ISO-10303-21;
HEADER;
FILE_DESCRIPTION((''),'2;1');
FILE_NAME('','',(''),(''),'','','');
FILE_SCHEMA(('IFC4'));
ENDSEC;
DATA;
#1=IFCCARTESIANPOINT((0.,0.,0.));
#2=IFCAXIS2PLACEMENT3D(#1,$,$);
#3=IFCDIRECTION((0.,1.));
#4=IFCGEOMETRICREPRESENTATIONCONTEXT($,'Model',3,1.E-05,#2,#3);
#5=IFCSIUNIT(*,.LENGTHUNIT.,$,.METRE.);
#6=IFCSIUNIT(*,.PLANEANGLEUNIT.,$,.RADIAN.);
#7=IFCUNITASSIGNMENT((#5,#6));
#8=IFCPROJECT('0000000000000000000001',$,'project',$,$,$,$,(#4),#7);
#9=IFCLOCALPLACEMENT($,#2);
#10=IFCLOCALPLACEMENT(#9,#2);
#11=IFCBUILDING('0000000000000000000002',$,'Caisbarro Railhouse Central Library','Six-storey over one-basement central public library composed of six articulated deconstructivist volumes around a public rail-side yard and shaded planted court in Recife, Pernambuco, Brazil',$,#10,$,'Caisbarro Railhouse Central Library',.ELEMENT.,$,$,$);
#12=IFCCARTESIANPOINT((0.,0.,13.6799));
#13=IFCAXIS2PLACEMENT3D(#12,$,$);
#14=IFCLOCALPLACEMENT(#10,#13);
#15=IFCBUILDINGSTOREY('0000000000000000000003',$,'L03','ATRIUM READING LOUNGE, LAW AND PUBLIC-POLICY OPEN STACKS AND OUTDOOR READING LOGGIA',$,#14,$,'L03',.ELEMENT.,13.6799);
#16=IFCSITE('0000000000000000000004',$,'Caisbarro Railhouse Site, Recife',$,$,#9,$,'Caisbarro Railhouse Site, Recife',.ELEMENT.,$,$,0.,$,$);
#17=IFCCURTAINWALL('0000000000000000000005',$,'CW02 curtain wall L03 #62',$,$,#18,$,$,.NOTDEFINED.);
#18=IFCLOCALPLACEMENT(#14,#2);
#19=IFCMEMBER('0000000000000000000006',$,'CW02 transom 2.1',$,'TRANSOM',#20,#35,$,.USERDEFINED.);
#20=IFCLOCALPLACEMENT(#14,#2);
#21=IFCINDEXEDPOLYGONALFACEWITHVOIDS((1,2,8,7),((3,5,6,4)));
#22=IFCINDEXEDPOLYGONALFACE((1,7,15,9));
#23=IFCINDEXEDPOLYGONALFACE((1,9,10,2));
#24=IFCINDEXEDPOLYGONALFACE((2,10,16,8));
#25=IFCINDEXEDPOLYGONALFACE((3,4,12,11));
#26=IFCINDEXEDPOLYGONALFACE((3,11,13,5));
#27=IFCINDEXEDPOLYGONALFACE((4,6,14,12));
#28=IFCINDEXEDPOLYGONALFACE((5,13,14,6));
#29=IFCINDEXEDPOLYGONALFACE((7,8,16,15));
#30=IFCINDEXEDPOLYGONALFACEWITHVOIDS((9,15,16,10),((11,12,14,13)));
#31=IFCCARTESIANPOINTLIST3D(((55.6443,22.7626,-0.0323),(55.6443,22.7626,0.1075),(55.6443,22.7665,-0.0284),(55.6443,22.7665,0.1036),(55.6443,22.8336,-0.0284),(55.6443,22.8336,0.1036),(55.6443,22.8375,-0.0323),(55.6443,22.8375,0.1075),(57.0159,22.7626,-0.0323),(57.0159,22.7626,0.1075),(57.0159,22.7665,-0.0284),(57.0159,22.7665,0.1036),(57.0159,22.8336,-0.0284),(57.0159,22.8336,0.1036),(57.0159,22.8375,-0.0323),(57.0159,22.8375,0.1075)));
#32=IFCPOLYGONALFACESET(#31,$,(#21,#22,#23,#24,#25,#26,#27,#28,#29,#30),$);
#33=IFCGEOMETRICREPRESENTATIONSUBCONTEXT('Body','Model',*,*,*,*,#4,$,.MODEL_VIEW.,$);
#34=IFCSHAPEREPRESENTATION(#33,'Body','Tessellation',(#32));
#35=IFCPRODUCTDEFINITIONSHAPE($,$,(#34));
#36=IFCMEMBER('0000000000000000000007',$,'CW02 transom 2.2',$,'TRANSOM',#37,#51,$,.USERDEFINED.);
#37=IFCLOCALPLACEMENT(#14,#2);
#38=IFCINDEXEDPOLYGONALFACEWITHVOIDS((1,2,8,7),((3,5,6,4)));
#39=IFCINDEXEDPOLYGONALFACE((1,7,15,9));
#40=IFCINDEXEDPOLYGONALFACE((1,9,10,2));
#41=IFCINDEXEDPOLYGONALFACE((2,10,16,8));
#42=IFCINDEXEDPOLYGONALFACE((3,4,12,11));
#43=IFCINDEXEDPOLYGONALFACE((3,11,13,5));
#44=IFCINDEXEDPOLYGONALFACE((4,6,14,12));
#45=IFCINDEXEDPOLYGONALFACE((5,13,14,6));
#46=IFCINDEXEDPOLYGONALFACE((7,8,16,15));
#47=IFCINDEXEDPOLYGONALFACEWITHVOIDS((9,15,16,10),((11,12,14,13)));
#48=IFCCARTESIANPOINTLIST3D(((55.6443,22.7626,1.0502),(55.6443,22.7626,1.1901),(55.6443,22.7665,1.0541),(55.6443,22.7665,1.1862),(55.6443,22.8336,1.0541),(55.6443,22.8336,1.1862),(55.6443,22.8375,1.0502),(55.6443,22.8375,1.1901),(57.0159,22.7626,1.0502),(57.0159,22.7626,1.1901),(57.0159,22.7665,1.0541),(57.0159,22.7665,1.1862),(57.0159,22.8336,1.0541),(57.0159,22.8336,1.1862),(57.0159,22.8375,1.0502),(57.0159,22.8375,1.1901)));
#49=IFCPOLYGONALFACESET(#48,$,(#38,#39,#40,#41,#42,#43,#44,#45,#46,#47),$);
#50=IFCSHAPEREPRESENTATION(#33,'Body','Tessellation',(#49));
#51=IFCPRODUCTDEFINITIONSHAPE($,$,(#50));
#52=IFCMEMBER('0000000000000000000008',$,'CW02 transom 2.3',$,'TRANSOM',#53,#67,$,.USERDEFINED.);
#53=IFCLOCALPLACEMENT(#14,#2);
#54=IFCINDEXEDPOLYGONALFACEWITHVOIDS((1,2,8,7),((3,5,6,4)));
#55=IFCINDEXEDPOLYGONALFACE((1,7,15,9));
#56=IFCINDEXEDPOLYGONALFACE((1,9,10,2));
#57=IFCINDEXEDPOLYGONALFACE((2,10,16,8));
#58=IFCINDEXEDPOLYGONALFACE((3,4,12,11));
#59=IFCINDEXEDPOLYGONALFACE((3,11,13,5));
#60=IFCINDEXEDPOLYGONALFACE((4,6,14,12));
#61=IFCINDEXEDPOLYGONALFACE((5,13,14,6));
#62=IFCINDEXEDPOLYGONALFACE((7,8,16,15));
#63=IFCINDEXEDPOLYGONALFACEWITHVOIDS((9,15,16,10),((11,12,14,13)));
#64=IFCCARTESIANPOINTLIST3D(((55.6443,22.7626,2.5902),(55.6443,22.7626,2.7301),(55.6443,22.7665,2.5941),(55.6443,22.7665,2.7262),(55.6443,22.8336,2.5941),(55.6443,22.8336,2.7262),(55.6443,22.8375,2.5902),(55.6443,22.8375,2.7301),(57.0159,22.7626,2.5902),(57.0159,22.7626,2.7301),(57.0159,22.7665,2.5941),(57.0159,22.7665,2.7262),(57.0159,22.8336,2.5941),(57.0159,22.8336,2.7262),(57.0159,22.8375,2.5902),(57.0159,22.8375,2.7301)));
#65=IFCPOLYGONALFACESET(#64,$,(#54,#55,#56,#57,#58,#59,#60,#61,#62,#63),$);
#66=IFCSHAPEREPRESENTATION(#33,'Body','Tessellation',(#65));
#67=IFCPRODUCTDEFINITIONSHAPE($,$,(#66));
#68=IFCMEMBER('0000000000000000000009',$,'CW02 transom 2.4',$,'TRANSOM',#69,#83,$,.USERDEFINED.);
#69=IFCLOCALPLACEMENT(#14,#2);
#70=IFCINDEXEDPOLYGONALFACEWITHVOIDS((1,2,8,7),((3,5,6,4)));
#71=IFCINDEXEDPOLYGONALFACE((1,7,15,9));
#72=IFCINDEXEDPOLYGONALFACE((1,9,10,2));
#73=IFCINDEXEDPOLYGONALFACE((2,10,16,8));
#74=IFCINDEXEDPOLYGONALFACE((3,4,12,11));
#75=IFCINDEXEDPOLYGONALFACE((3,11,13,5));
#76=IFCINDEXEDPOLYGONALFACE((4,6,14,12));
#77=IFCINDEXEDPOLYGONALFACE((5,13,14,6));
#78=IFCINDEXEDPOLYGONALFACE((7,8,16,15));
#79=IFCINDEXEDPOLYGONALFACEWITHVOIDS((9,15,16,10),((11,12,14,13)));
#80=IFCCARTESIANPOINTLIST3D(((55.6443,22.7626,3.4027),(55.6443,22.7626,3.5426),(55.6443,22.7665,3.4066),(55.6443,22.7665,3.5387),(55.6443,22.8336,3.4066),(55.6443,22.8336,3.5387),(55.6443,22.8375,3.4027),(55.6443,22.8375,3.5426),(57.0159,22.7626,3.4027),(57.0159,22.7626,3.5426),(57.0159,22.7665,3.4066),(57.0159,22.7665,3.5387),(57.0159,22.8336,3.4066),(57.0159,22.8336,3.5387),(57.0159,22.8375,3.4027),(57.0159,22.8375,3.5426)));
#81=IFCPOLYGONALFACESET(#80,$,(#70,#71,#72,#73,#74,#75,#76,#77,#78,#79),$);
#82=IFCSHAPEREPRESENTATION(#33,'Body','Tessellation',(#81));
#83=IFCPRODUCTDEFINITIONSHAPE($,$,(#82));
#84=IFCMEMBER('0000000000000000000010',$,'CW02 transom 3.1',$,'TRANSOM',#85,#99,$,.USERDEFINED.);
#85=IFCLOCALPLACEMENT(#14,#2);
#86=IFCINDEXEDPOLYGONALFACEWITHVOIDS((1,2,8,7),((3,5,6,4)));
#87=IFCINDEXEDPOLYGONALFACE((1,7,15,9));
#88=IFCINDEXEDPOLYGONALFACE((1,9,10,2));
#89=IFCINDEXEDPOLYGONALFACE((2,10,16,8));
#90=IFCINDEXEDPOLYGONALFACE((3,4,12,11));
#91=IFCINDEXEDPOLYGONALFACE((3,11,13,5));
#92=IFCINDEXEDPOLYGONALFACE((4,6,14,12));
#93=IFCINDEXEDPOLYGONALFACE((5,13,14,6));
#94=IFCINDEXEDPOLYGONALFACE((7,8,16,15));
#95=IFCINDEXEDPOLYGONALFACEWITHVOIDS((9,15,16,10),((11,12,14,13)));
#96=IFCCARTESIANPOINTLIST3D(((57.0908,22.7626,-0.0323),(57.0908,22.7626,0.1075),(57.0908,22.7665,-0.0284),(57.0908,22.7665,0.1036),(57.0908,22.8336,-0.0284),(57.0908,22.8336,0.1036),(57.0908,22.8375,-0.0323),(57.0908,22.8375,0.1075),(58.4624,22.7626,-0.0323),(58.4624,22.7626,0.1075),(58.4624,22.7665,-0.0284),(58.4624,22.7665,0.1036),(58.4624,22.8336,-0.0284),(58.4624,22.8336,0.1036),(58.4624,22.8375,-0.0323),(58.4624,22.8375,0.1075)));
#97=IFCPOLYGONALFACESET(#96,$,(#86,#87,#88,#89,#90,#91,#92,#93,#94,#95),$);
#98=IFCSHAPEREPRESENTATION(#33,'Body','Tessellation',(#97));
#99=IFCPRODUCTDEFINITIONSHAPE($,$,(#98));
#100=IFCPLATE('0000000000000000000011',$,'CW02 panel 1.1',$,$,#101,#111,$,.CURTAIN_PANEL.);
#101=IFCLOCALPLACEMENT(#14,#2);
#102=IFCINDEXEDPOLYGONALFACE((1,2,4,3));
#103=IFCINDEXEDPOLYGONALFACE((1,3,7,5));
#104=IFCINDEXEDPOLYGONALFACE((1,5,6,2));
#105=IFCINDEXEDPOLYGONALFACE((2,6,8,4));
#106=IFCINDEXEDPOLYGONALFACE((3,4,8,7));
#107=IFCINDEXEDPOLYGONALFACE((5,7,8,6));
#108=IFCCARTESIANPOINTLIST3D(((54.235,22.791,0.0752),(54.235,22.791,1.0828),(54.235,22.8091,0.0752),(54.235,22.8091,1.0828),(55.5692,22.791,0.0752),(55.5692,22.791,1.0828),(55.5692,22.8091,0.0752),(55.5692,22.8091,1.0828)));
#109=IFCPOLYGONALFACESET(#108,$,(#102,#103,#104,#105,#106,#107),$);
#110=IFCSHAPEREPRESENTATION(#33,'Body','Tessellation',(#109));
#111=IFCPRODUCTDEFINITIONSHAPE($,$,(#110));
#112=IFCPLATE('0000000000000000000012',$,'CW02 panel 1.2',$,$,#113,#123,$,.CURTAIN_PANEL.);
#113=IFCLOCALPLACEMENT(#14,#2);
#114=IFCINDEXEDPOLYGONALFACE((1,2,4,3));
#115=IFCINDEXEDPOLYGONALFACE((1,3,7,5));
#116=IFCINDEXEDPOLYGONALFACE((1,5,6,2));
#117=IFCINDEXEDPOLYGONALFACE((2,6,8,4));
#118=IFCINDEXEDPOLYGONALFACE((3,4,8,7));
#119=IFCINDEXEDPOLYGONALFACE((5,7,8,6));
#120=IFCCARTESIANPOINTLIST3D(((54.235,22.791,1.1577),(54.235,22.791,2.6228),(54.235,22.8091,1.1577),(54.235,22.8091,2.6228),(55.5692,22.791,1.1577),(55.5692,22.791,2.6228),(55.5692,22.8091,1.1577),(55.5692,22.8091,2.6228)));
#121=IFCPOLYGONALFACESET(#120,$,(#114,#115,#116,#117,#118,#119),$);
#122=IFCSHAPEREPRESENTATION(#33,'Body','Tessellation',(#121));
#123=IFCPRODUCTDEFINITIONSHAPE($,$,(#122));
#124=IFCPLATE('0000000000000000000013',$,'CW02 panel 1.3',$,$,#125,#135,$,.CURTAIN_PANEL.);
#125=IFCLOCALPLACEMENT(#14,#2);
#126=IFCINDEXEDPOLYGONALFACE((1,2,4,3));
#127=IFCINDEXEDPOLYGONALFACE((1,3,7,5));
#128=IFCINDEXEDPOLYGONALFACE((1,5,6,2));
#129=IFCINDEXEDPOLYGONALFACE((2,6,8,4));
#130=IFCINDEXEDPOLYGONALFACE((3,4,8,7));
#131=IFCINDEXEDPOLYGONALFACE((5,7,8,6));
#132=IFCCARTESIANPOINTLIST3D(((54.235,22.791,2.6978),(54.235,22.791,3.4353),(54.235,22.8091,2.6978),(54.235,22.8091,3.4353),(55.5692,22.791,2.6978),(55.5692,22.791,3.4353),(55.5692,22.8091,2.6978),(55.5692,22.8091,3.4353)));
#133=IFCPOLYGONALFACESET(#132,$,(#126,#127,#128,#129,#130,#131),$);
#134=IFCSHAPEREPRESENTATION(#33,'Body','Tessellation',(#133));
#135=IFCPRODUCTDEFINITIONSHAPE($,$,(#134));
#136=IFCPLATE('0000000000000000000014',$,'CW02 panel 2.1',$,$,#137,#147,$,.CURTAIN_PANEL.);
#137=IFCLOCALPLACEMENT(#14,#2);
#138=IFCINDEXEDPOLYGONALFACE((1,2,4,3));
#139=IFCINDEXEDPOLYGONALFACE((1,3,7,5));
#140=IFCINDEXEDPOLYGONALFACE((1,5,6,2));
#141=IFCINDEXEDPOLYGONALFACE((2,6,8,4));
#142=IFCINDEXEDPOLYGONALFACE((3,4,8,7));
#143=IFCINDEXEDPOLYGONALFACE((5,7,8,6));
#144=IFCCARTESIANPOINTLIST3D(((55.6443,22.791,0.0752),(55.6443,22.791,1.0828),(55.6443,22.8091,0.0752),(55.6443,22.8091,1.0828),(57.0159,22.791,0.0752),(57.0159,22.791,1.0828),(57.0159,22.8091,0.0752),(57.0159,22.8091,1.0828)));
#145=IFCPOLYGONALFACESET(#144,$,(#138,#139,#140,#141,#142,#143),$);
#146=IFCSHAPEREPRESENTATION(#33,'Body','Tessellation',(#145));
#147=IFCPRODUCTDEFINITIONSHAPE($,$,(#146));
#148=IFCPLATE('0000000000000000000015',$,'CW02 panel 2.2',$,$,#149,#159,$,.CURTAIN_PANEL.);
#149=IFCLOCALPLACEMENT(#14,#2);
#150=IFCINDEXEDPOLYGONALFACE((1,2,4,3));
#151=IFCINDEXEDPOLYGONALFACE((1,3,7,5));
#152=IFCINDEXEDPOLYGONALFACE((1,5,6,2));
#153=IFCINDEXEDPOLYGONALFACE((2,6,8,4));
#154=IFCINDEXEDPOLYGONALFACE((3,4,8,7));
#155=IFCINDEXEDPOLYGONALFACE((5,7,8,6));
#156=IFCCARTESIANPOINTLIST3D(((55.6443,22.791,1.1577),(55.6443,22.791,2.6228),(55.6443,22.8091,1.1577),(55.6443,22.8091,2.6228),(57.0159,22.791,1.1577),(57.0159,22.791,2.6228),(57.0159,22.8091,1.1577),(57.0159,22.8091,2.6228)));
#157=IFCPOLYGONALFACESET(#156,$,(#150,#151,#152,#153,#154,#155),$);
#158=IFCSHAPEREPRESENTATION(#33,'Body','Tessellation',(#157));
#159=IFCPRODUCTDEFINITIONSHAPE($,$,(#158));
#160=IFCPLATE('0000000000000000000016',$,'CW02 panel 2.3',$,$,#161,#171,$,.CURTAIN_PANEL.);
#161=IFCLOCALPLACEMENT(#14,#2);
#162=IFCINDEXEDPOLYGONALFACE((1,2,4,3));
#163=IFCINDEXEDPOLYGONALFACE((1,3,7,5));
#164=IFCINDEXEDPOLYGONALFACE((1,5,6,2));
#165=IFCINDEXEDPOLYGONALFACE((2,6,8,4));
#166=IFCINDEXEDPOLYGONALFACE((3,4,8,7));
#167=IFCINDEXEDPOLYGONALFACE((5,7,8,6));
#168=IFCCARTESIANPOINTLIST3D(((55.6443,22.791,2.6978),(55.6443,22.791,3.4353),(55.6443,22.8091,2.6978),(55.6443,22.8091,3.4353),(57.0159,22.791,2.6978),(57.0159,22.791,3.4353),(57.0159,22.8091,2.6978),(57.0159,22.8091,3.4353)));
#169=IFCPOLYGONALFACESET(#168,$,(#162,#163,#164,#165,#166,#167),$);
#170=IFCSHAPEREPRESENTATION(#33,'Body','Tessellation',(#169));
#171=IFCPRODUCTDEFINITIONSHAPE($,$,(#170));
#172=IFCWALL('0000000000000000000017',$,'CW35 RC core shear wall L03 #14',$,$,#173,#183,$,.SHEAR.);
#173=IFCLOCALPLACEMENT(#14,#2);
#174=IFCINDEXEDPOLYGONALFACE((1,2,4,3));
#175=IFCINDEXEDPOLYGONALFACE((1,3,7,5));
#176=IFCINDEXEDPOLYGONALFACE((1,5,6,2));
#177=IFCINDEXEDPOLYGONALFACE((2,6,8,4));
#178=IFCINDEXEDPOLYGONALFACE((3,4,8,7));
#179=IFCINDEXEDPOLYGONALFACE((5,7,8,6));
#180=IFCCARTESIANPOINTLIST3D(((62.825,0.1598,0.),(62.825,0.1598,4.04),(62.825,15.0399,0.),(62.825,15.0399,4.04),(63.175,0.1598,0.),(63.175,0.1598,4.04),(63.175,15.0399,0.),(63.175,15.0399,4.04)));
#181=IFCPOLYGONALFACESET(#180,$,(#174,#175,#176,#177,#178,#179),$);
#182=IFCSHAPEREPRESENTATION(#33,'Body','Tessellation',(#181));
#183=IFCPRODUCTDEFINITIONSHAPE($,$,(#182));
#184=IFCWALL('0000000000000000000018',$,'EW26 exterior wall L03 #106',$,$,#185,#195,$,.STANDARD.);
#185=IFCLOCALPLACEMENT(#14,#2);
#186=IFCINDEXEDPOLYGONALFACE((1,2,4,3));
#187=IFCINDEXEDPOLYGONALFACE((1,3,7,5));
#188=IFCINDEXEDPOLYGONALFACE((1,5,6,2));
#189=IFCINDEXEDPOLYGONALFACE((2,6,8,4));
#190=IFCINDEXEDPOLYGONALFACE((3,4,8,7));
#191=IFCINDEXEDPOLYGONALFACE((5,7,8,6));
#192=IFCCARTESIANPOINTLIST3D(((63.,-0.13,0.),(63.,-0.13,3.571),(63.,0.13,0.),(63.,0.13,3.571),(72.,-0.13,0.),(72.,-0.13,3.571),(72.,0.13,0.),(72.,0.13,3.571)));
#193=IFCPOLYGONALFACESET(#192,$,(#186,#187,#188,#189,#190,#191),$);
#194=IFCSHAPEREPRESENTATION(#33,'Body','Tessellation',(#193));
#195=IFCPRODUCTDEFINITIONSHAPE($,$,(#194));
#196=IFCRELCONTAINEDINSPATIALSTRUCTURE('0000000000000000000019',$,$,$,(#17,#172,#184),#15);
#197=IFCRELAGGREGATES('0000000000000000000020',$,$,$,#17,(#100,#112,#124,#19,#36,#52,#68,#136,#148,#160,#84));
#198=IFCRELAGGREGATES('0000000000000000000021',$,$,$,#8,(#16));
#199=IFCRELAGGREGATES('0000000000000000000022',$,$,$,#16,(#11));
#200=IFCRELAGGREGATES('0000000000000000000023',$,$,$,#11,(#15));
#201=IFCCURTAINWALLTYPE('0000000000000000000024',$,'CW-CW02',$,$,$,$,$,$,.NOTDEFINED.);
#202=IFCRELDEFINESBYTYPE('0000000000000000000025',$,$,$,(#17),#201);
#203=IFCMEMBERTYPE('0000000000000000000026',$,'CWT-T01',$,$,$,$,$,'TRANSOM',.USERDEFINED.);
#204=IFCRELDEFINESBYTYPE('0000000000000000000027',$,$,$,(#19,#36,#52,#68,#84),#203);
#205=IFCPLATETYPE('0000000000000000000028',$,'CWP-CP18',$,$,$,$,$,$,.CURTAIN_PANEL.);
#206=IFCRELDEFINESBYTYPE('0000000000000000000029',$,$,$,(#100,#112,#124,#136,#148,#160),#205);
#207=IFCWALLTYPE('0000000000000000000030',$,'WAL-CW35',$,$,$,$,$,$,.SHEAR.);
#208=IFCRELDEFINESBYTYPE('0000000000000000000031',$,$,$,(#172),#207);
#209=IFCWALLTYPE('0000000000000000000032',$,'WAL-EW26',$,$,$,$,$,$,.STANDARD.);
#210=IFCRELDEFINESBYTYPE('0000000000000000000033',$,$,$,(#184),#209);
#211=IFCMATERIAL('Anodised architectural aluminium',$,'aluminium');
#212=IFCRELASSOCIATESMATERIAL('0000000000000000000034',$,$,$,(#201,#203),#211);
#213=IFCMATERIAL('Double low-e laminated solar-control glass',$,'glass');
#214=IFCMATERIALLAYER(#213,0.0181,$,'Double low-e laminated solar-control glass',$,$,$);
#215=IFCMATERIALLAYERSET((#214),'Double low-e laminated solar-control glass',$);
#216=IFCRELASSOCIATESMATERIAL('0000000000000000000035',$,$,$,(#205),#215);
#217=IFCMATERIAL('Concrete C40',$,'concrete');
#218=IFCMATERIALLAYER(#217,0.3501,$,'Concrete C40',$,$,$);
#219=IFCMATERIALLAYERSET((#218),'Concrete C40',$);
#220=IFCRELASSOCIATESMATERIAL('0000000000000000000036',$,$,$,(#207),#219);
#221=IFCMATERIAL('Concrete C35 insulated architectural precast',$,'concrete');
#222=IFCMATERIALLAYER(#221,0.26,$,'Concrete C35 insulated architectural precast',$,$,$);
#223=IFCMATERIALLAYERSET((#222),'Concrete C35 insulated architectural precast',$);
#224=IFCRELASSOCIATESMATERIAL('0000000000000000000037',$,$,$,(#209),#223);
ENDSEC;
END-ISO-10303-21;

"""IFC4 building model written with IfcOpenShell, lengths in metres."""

from ifc_helpers import new_model, si_unit, direction, frame, frame_2d, origin, origin_2d, place, context, subcontext, project, spatial, rectangle, hollow_rectangle, extrude, material, layer, layer_set, material_profile, profile_set, type_object, element, aggregate, save


model = new_model("IFC4")

# Units and contexts
model_context = context("Model", 3, precision=1e-05, world=origin(), true_north=direction((0.0, 1.0)))
body_context = subcontext(model_context, "Body", "Model", "MODEL_VIEW")
ifc_project = project(units=[si_unit("LENGTHUNIT", "METRE"), si_unit("PLANEANGLEUNIT", "RADIAN")], contexts=[model_context])

# Site, building, storey
site_placement = place(None, origin())
site = spatial("IfcSite", under=ifc_project, at=site_placement, Name="Caisbarro Railhouse Site, Recife", LongName="Caisbarro Railhouse Site, Recife", CompositionType="ELEMENT", RefElevation=0.0)
building_placement = place(site_placement, origin())
building = spatial("IfcBuilding", under=site, at=building_placement, Name="Caisbarro Railhouse Central Library", Description="Six-storey over one-basement central public library composed of six articulated deconstructivist volumes around a public rail-side yard and shaded planted court in Recife, Pernambuco, Brazil", LongName="Caisbarro Railhouse Central Library", CompositionType="ELEMENT")
storey_placement = place(building_placement, frame((0.0, 0.0, 13.6799)))
storey = spatial("IfcBuildingStorey", under=building, at=storey_placement, Name="L03", Description="ATRIUM READING LOUNGE, LAW AND PUBLIC-POLICY OPEN STACKS AND OUTDOOR READING LOGGIA", LongName="L03", CompositionType="ELEMENT", Elevation=13.6799)

# Shared definitions
ifc_material_1 = material(Name="Concrete C40", Category="concrete")

# Curtain wall, members, plates
ifc_material_2 = material(Name="Anodised architectural aluminium", Category="aluminium")
curtain_wall_type = type_object("IfcCurtainWallType", Name="CW-CW02", PredefinedType="NOTDEFINED", material=ifc_material_2)
curtain_wall_placement = place(storey_placement, origin())
curtain_wall = element("IfcCurtainWall", 1, at=curtain_wall_placement, inside=storey, type_object=curtain_wall_type, Name="CW02 curtain wall L03 #62", PredefinedType="NOTDEFINED")
ifc_material_profile_1 = material_profile(ifc_material_2, hollow_rectangle(XDim=0.075, YDim=0.1399, WallThickness=0.0039, at=origin_2d()), Name="ALU-TRN-75X140")
ifc_profile_set_1 = profile_set([ifc_material_profile_1], Name="Anodised architectural aluminium")
member_type_1 = type_object("IfcMemberType", Name="CWT-T01", ElementType="TRANSOM", PredefinedType="USERDEFINED", material=ifc_profile_set_1)
member_1_placement = place(storey_placement, frame((55.6443, 22.8, 0.0376), z_axis=(1.0, 0.0, 0.0), x_axis=(0.0, 1.0, 0.0)))
member_1 = element("IfcMember", 2, at=member_1_placement, type_object=member_type_1, Name="CW02 transom 2.1", ObjectType="TRANSOM", PredefinedType="USERDEFINED", context=body_context, shape_type="SweptSolid", body=[
    extrude(hollow_rectangle(XDim=0.075, YDim=0.1399, WallThickness=0.0039, at=origin_2d()), origin(), (0.0, 0.0, 1.0), 1.3716),
])
member_2_placement = place(storey_placement, frame((55.6443, 22.8, 1.1201), z_axis=(1.0, 0.0, 0.0), x_axis=(0.0, 1.0, 0.0)))
member_2 = element("IfcMember", 3, at=member_2_placement, type_object=member_type_1, Name="CW02 transom 2.2", ObjectType="TRANSOM", PredefinedType="USERDEFINED", context=body_context, shape_type="SweptSolid", body=[
    extrude(hollow_rectangle(XDim=0.075, YDim=0.1399, WallThickness=0.0039, at=origin_2d()), origin(), (0.0, 0.0, 1.0), 1.3716),
])
member_3_placement = place(storey_placement, frame((55.6443, 22.8, 2.6602), z_axis=(1.0, 0.0, 0.0), x_axis=(0.0, 1.0, 0.0)))
member_3 = element("IfcMember", 4, at=member_3_placement, type_object=member_type_1, Name="CW02 transom 2.3", ObjectType="TRANSOM", PredefinedType="USERDEFINED", context=body_context, shape_type="SweptSolid", body=[
    extrude(hollow_rectangle(XDim=0.075, YDim=0.1399, WallThickness=0.0039, at=origin_2d()), origin(), (0.0, 0.0, 1.0), 1.3716),
])
member_4_placement = place(storey_placement, frame((55.6443, 22.8, 3.4727), z_axis=(1.0, 0.0, 0.0), x_axis=(0.0, 1.0, 0.0)))
member_4 = element("IfcMember", 5, at=member_4_placement, type_object=member_type_1, Name="CW02 transom 2.4", ObjectType="TRANSOM", PredefinedType="USERDEFINED", context=body_context, shape_type="SweptSolid", body=[
    extrude(hollow_rectangle(XDim=0.075, YDim=0.1399, WallThickness=0.0039, at=origin_2d()), origin(), (0.0, 0.0, 1.0), 1.3716),
])
member_5_placement = place(storey_placement, frame((57.0908, 22.8, 0.0376), z_axis=(1.0, 0.0, 0.0), x_axis=(0.0, 1.0, 0.0)))
member_5 = element("IfcMember", 6, at=member_5_placement, type_object=member_type_1, Name="CW02 transom 3.1", ObjectType="TRANSOM", PredefinedType="USERDEFINED", context=body_context, shape_type="SweptSolid", body=[
    extrude(hollow_rectangle(XDim=0.075, YDim=0.1399, WallThickness=0.0039, at=origin_2d()), origin(), (0.0, 0.0, 1.0), 1.3716),
])
ifc_material_3 = material(Name="Double low-e laminated solar-control glass", Category="glass")
ifc_layer_1 = layer(ifc_material_3, 0.0181, Name="Double low-e laminated solar-control glass")
ifc_layer_set_1 = layer_set([ifc_layer_1], Name="Double low-e laminated solar-control glass")
plate_type = type_object("IfcPlateType", Name="CWP-CP18", PredefinedType="CURTAIN_PANEL", material=ifc_layer_set_1)
plate_1_placement = place(storey_placement, frame((54.9021, 22.8, 0.0752), z_axis=(0.0, 0.0, 1.0), x_axis=(1.0, 0.0, 0.0)))
plate_1 = element("IfcPlate", 7, at=plate_1_placement, type_object=plate_type, Name="CW02 panel 1.1", PredefinedType="CURTAIN_PANEL", context=body_context, shape_type="SweptSolid", body=[
    extrude(rectangle(XDim=1.3342, YDim=0.0181, at=origin_2d()), origin(), (0.0, 0.0, 1.0), 1.0076),
])
plate_2_placement = place(storey_placement, frame((54.9021, 22.8, 1.1577), z_axis=(0.0, 0.0, 1.0), x_axis=(1.0, 0.0, 0.0)))
plate_2 = element("IfcPlate", 8, at=plate_2_placement, type_object=plate_type, Name="CW02 panel 1.2", PredefinedType="CURTAIN_PANEL", context=body_context, shape_type="SweptSolid", body=[
    extrude(rectangle(XDim=1.3342, YDim=0.0181, at=origin_2d()), origin(), (0.0, 0.0, 1.0), 1.4651),
])
plate_3_placement = place(storey_placement, frame((54.9021, 22.8, 2.6978), z_axis=(0.0, 0.0, 1.0), x_axis=(1.0, 0.0, 0.0)))
plate_3 = element("IfcPlate", 9, at=plate_3_placement, type_object=plate_type, Name="CW02 panel 1.3", PredefinedType="CURTAIN_PANEL", context=body_context, shape_type="SweptSolid", body=[
    extrude(rectangle(XDim=1.3342, YDim=0.0181, at=origin_2d()), origin(), (0.0, 0.0, 1.0), 0.7375),
])
plate_4_placement = place(storey_placement, frame((56.3301, 22.8, 0.0752), z_axis=(0.0, 0.0, 1.0), x_axis=(1.0, 0.0, 0.0)))
plate_4 = element("IfcPlate", 10, at=plate_4_placement, type_object=plate_type, Name="CW02 panel 2.1", PredefinedType="CURTAIN_PANEL", context=body_context, shape_type="SweptSolid", body=[
    extrude(rectangle(XDim=1.3716, YDim=0.0181, at=origin_2d()), origin(), (0.0, 0.0, 1.0), 1.0076),
])
plate_5_placement = place(storey_placement, frame((56.3301, 22.8, 1.1577), z_axis=(0.0, 0.0, 1.0), x_axis=(1.0, 0.0, 0.0)))
plate_5 = element("IfcPlate", 11, at=plate_5_placement, type_object=plate_type, Name="CW02 panel 2.2", PredefinedType="CURTAIN_PANEL", context=body_context, shape_type="SweptSolid", body=[
    extrude(rectangle(XDim=1.3716, YDim=0.0181, at=origin_2d()), origin(), (0.0, 0.0, 1.0), 1.4651),
])
plate_6_placement = place(storey_placement, frame((56.3301, 22.8, 2.6978), z_axis=(0.0, 0.0, 1.0), x_axis=(1.0, 0.0, 0.0)))
plate_6 = element("IfcPlate", 12, at=plate_6_placement, type_object=plate_type, Name="CW02 panel 2.3", PredefinedType="CURTAIN_PANEL", context=body_context, shape_type="SweptSolid", body=[
    extrude(rectangle(XDim=1.3716, YDim=0.0181, at=origin_2d()), origin(), (0.0, 0.0, 1.0), 0.7375),
])
aggregate(curtain_wall, [plate_1, plate_2, plate_3, member_1, member_2, member_3, member_4, plate_4, plate_5, plate_6, member_5])

# Walls
ifc_layer_2 = layer(ifc_material_1, 0.3501, Name="Concrete C40")
ifc_layer_set_2 = layer_set([ifc_layer_2], Name="Concrete C40")
wall_type_1 = type_object("IfcWallType", Name="WAL-CW35", PredefinedType="SHEAR", material=ifc_layer_set_2)
wall_1_placement = place(storey_placement, frame((63.0, 0.1599, 0.0), z_axis=(0.0, 0.0, 1.0), x_axis=(0.0, 1.0, 0.0)))
element("IfcWall", 13, at=wall_1_placement, inside=storey, type_object=wall_type_1, Name="CW35 RC core shear wall L03 #14", PredefinedType="SHEAR", context=body_context, shape_type="SweptSolid", body=[
    extrude(rectangle(XDim=14.8801, YDim=0.3501, at=frame_2d((7.4399, 0.0))), origin(), (0.0, 0.0, 1.0), 4.04),
])
ifc_material_4 = material(Name="Concrete C35 insulated architectural precast", Category="concrete")
ifc_layer_3 = layer(ifc_material_4, 0.26, Name="Concrete C35 insulated architectural precast")
ifc_layer_set_3 = layer_set([ifc_layer_3], Name="Concrete C35 insulated architectural precast")
wall_type_2 = type_object("IfcWallType", Name="WAL-EW26", PredefinedType="STANDARD", material=ifc_layer_set_3)
wall_2_placement = place(storey_placement, frame((63.0, 0.0, 0.0), z_axis=(0.0, 0.0, 1.0), x_axis=(1.0, 0.0, 0.0)))
element("IfcWall", 14, at=wall_2_placement, inside=storey, type_object=wall_type_2, Name="EW26 exterior wall L03 #106", PredefinedType="STANDARD", context=body_context, shape_type="SweptSolid", body=[
    extrude(rectangle(XDim=9.0, YDim=0.26, at=frame_2d((4.5, 0.0))), origin(), (0.0, 0.0, 1.0), 3.571),
])

save(model, "model.ifc")
